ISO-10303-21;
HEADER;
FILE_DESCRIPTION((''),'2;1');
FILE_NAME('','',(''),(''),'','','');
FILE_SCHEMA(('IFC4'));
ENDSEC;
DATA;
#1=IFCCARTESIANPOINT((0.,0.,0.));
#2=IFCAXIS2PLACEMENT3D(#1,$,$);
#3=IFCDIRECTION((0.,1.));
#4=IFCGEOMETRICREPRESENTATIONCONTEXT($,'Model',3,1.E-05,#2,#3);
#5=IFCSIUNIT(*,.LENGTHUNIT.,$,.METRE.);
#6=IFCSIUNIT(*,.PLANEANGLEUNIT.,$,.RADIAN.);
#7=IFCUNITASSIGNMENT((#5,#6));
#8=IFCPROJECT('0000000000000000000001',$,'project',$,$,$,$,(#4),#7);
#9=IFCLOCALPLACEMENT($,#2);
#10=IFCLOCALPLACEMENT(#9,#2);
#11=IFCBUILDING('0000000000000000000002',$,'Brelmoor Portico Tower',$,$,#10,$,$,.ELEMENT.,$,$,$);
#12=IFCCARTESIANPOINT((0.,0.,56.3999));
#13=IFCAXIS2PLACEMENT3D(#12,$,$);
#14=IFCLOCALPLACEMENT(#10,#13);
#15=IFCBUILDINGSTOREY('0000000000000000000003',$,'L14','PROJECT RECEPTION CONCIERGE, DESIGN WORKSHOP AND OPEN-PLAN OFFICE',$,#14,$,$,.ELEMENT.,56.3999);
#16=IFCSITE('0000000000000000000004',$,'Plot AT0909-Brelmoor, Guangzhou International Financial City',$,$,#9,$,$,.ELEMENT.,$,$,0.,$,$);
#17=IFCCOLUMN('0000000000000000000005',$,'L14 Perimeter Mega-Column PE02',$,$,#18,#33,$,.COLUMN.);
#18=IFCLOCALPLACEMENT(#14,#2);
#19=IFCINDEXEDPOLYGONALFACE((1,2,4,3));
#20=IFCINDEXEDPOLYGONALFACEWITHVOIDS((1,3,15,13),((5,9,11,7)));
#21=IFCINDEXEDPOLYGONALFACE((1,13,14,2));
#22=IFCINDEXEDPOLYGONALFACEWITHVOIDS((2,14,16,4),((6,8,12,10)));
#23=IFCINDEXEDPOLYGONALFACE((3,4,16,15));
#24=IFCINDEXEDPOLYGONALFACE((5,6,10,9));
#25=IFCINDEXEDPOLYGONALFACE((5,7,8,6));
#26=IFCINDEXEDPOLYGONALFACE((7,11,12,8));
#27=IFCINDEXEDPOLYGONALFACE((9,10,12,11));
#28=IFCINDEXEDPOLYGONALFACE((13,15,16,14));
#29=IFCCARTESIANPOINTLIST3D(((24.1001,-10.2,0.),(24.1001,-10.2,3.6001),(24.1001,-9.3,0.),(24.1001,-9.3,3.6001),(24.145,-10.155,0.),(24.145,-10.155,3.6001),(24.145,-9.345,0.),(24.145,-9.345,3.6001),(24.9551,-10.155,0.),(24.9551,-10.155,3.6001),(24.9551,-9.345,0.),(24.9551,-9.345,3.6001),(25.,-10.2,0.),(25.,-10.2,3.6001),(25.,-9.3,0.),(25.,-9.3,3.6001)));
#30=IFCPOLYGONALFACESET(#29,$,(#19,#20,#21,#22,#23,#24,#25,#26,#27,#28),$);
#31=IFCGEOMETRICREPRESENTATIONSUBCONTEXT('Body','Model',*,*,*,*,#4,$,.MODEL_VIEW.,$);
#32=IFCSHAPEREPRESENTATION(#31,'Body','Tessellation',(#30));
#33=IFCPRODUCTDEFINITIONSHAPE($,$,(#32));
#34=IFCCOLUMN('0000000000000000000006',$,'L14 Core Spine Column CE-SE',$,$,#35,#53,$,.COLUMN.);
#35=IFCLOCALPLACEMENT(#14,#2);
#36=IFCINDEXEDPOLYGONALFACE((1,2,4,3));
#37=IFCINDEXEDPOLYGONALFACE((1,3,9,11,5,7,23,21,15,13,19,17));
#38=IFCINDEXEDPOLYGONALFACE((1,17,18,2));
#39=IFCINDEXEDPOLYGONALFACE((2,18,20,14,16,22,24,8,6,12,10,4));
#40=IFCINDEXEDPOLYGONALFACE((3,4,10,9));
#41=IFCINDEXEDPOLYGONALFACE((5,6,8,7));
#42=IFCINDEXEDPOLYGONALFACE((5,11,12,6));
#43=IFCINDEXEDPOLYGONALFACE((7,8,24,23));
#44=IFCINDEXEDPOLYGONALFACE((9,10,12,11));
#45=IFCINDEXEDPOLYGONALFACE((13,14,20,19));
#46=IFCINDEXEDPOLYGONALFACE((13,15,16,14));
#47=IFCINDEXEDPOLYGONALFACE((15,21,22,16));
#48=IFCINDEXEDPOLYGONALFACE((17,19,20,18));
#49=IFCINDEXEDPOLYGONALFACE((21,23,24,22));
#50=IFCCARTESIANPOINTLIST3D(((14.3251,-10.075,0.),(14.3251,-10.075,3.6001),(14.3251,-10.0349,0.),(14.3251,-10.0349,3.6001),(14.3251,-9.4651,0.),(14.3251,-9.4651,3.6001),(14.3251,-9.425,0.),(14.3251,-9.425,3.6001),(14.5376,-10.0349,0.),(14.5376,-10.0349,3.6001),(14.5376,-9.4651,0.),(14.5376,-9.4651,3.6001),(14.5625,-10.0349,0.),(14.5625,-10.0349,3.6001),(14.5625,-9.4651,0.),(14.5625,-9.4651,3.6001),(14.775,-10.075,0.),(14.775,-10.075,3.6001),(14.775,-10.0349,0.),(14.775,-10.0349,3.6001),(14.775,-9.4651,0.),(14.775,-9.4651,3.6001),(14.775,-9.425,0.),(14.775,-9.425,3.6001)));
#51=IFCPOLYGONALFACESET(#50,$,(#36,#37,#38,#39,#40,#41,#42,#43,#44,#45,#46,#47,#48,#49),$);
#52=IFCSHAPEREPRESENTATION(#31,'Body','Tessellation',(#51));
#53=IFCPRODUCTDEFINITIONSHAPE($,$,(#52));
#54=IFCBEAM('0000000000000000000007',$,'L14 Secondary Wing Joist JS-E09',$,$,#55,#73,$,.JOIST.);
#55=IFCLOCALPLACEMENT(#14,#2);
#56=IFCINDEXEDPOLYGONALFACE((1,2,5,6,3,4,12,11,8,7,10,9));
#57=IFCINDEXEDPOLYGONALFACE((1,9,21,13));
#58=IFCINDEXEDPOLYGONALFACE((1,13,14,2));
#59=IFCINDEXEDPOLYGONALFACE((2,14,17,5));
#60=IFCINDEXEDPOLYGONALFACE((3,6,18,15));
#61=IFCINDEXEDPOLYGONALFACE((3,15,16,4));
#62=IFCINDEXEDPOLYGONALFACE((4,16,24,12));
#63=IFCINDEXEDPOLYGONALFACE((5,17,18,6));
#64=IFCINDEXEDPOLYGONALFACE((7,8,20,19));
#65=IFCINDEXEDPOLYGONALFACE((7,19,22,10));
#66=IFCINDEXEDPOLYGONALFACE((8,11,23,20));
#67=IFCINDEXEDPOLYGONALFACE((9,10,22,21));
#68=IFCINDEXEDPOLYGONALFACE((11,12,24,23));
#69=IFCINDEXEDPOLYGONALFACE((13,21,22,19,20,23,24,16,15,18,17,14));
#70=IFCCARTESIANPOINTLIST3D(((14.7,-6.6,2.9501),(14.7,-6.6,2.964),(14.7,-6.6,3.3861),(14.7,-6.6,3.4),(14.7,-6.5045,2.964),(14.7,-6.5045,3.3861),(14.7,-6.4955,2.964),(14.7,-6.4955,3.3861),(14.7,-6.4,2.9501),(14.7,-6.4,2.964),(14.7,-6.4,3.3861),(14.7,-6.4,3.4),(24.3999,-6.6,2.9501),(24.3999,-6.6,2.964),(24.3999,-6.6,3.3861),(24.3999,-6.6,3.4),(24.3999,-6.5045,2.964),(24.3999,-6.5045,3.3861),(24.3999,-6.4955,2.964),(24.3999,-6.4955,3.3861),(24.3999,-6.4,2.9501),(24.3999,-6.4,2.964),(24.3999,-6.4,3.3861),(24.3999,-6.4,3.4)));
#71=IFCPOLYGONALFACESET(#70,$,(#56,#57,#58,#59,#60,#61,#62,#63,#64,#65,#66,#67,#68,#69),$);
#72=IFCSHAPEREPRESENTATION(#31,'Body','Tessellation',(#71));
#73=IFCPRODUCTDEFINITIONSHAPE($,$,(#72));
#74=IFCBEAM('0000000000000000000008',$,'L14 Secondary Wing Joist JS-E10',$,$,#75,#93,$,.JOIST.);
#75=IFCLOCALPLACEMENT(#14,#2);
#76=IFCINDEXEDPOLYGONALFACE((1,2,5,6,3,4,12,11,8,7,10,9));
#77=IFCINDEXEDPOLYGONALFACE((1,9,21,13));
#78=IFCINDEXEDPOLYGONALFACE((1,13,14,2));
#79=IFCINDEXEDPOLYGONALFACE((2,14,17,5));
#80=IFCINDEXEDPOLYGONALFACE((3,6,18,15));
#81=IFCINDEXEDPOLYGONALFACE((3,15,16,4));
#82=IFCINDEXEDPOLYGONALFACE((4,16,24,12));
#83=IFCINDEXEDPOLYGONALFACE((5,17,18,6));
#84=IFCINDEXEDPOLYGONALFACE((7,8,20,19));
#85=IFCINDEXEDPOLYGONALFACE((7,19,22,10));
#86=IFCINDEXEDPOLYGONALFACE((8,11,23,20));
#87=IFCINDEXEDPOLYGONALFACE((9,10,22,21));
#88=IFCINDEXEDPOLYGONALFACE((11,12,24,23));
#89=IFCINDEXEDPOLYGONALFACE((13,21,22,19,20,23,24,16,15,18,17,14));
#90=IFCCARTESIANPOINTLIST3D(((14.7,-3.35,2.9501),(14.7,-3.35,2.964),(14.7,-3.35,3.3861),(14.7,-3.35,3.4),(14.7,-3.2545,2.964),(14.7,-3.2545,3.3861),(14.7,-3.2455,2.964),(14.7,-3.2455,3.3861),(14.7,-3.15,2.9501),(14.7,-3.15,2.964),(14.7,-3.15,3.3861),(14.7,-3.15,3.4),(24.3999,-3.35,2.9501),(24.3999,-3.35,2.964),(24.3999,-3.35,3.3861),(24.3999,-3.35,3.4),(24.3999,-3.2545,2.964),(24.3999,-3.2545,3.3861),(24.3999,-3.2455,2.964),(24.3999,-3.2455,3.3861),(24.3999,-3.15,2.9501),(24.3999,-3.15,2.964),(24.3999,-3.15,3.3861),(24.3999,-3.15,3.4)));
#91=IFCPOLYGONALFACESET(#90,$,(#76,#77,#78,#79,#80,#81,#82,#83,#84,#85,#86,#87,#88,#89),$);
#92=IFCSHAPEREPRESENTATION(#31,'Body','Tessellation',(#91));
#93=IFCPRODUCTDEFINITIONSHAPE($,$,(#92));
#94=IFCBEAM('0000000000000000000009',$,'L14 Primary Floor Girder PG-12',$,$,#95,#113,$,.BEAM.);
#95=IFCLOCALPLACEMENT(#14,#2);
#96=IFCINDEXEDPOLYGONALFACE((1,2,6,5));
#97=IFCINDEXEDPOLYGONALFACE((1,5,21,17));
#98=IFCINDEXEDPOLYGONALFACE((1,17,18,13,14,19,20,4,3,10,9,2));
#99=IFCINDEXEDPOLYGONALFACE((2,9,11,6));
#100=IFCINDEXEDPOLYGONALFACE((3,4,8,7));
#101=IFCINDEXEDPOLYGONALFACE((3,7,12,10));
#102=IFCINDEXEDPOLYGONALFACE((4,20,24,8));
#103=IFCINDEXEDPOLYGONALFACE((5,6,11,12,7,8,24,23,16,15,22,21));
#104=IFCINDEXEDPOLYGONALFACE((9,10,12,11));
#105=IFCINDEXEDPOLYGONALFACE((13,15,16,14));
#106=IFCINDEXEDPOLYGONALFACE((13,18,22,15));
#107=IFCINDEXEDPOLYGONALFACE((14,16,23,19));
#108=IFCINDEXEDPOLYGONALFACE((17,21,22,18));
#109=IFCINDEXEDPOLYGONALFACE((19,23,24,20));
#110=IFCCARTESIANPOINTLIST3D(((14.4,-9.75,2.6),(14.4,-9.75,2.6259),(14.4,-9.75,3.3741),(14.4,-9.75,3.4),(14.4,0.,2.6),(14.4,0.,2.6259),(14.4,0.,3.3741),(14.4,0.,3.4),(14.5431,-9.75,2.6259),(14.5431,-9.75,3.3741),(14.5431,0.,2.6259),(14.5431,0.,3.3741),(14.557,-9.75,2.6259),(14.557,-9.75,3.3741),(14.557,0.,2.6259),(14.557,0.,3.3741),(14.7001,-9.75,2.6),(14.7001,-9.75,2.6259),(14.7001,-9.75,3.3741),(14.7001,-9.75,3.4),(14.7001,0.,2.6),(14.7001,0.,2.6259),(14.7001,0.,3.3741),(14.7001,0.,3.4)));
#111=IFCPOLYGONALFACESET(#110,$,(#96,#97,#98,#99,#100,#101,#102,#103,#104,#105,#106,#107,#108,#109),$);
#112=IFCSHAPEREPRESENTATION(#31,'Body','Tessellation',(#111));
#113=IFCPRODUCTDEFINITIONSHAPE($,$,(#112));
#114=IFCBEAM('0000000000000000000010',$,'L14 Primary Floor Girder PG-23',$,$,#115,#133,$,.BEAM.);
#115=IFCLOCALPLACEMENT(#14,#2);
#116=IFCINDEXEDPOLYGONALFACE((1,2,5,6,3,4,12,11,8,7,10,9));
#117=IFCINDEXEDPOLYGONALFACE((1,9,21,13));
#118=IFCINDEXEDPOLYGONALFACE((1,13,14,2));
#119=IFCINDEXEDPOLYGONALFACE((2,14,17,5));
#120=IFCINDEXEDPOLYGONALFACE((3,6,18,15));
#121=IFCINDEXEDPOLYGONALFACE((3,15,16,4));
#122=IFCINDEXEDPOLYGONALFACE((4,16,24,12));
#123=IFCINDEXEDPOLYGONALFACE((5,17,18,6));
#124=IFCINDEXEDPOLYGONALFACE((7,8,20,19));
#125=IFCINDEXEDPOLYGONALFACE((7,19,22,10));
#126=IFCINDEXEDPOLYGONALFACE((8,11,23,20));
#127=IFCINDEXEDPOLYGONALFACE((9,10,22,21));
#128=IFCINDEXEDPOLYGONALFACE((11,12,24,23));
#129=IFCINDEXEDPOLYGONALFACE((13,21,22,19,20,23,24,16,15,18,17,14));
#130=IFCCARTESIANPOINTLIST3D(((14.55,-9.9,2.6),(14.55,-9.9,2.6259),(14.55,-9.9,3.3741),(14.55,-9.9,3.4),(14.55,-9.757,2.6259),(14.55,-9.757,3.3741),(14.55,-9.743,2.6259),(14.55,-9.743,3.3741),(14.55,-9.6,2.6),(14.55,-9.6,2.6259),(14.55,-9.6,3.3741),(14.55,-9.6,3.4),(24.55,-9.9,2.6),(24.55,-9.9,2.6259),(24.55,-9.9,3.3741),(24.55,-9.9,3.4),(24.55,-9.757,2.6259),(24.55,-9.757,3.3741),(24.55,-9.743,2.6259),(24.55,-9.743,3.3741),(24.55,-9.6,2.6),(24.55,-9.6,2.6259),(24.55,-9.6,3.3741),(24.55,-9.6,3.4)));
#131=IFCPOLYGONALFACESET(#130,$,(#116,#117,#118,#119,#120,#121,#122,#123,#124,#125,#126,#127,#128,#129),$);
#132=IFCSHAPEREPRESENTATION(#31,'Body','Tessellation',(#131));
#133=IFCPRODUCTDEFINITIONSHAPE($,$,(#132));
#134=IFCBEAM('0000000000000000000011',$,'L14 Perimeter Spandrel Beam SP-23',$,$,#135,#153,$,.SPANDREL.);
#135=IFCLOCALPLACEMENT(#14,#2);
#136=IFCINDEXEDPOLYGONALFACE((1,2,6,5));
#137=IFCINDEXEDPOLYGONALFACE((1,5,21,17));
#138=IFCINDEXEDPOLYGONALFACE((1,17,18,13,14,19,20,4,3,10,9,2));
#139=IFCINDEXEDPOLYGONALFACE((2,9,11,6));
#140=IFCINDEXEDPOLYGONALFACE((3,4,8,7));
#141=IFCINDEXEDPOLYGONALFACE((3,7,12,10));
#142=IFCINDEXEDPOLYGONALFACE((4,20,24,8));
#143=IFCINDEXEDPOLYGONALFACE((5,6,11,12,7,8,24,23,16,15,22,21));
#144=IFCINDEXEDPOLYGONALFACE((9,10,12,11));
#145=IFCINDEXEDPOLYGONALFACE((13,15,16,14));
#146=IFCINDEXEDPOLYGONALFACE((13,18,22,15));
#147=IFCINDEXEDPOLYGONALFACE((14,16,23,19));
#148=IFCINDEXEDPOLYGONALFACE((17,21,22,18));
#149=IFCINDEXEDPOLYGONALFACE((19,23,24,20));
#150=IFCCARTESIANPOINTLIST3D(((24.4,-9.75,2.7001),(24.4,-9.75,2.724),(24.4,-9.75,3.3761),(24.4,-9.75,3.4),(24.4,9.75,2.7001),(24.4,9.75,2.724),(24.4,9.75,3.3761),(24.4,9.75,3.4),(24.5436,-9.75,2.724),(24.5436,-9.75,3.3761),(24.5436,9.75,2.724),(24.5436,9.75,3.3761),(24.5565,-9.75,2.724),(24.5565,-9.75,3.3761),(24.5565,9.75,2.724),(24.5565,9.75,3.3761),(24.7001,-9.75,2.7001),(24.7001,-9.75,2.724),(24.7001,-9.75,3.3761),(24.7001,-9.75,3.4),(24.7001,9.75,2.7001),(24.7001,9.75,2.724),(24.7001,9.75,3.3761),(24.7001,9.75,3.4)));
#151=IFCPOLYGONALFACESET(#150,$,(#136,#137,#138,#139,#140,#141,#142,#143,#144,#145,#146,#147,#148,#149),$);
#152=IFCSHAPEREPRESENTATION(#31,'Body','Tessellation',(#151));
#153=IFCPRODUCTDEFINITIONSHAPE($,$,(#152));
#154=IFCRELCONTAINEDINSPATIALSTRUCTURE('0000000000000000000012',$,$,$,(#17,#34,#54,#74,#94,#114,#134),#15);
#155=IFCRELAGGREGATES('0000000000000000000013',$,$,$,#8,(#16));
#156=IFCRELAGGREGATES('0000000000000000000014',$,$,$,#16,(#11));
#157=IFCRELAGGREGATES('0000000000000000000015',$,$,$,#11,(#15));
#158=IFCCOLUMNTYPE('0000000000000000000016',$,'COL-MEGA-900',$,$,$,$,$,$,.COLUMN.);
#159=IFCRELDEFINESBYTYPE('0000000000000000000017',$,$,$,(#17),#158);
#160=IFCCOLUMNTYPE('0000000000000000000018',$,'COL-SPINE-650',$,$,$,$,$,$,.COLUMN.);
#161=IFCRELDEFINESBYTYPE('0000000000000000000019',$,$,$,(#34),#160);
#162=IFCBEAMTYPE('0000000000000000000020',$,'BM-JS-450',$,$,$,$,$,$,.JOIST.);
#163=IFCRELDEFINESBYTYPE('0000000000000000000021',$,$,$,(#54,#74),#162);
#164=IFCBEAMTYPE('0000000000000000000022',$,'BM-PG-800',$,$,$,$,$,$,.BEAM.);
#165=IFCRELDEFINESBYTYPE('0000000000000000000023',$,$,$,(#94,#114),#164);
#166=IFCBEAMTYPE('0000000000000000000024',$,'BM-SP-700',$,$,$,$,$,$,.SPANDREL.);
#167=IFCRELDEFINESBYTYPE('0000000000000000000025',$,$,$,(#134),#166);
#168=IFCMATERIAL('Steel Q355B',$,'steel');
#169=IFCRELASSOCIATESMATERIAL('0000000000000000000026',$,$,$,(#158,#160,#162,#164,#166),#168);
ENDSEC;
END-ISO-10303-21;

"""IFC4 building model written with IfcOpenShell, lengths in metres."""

from ifc_helpers import new_model, si_unit, direction, frame, origin, origin_2d, place, context, subcontext, project, spatial, hollow_rectangle, i_section, extrude, material, material_profile, profile_set, type_object, element, save


model = new_model("IFC4")

# Units and contexts
model_context = context("Model", 3, precision=1e-05, world=origin(), true_north=direction((0.0, 1.0)))
body_context = subcontext(model_context, "Body", "Model", "MODEL_VIEW")
ifc_project = project(units=[si_unit("LENGTHUNIT", "METRE"), si_unit("PLANEANGLEUNIT", "RADIAN")], contexts=[model_context])

# Site, building, storey
site_placement = place(None, origin())
site = spatial("IfcSite", under=ifc_project, at=site_placement, Name="Plot AT0909-Brelmoor, Guangzhou International Financial City", CompositionType="ELEMENT", RefElevation=0.0)
building_placement = place(site_placement, origin())
building = spatial("IfcBuilding", under=site, at=building_placement, Name="Brelmoor Portico Tower", CompositionType="ELEMENT")
storey_placement = place(building_placement, frame((0.0, 0.0, 56.3999)))
storey = spatial("IfcBuildingStorey", under=building, at=storey_placement, Name="L14", Description="PROJECT RECEPTION CONCIERGE, DESIGN WORKSHOP AND OPEN-PLAN OFFICE", CompositionType="ELEMENT", Elevation=56.3999)

# Columns
ifc_material_1 = material(Name="Steel Q355B", Category="steel")
ifc_material_profile_1 = material_profile(ifc_material_1, hollow_rectangle(XDim=0.8999, YDim=0.8999, WallThickness=0.0449, at=origin_2d()), Name="BOX 900x900x45")
ifc_profile_set_1 = profile_set([ifc_material_profile_1], Name="Steel Q355B")
column_type_1 = type_object("IfcColumnType", Name="COL-MEGA-900", PredefinedType="COLUMN", material=ifc_profile_set_1)
column_1_placement = place(storey_placement, frame((24.55, -9.75, 0.0), z_axis=(0.0, 0.0, 1.0), x_axis=(0.0, 1.0, 0.0)))
element("IfcColumn", 1, at=column_1_placement, inside=storey, type_object=column_type_1, Name="L14 Perimeter Mega-Column PE02", PredefinedType="COLUMN", context=body_context, shape_type="SweptSolid", body=[
    extrude(hollow_rectangle(XDim=0.8999, YDim=0.8999, WallThickness=0.0449, at=origin_2d()), origin(), (0.0, 0.0, 1.0), 3.6001),
])
ifc_material_profile_2 = material_profile(ifc_material_1, i_section(OverallWidth=0.45, OverallDepth=0.6499, WebThickness=0.0249, FlangeThickness=0.04, at=origin_2d()), Name="HW 650x450x25x40")
ifc_profile_set_2 = profile_set([ifc_material_profile_2], Name="Steel Q355B")
column_type_2 = type_object("IfcColumnType", Name="COL-SPINE-650", PredefinedType="COLUMN", material=ifc_profile_set_2)
column_2_placement = place(storey_placement, frame((14.55, -9.75, 0.0), z_axis=(0.0, 0.0, 1.0), x_axis=(1.0, 0.0, 0.0)))
element("IfcColumn", 2, at=column_2_placement, inside=storey, type_object=column_type_2, Name="L14 Core Spine Column CE-SE", PredefinedType="COLUMN", context=body_context, shape_type="SweptSolid", body=[
    extrude(i_section(OverallWidth=0.45, OverallDepth=0.6499, WebThickness=0.0249, FlangeThickness=0.04, at=origin_2d()), origin(), (0.0, 0.0, 1.0), 3.6001),
])

# Beams
ifc_material_profile_3 = material_profile(ifc_material_1, i_section(OverallWidth=0.2, OverallDepth=0.45, WebThickness=0.009, FlangeThickness=0.0139, at=origin_2d()), Name="HN 450x200x9x14")
ifc_profile_set_3 = profile_set([ifc_material_profile_3], Name="Steel Q355B")
beam_type_1 = type_object("IfcBeamType", Name="BM-JS-450", PredefinedType="JOIST", material=ifc_profile_set_3)
for number, where, z_axis, x_axis, name in (
    (3, (14.7, -6.5, 3.175), (1.0, 0.0, 0.0), (0.0, 1.0, 0.0), "L14 Secondary Wing Joist JS-E09"),
    (4, (14.7, -3.25, 3.175), (1.0, 0.0, 0.0), (0.0, 1.0, 0.0), "L14 Secondary Wing Joist JS-E10"),
):
    element("IfcBeam", number, at=place(storey_placement, frame(where, z_axis=z_axis, x_axis=x_axis)), inside=storey, type_object=beam_type_1, Name=name, PredefinedType="JOIST", context=body_context, shape_type="SweptSolid", body=[
        extrude(i_section(OverallWidth=0.2, OverallDepth=0.45, WebThickness=0.009, FlangeThickness=0.0139, at=origin_2d()), origin(), (0.0, 0.0, 1.0), 9.7),
    ])
ifc_material_profile_4 = material_profile(ifc_material_1, i_section(OverallWidth=0.3, OverallDepth=0.8, WebThickness=0.0139, FlangeThickness=0.0259, at=origin_2d()), Name="HN 800x300x14x26")
ifc_profile_set_4 = profile_set([ifc_material_profile_4], Name="Steel Q355B")
beam_type_2 = type_object("IfcBeamType", Name="BM-PG-800", PredefinedType="BEAM", material=ifc_profile_set_4)
beam_1_placement = place(storey_placement, frame((14.55, -9.75, 3.0), z_axis=(0.0, 1.0, 0.0), x_axis=(-1.0, 0.0, 0.0)))
element("IfcBeam", 5, at=beam_1_placement, inside=storey, type_object=beam_type_2, Name="L14 Primary Floor Girder PG-12", PredefinedType="BEAM", context=body_context, shape_type="SweptSolid", body=[
    extrude(i_section(OverallWidth=0.3, OverallDepth=0.8, WebThickness=0.0139, FlangeThickness=0.0259, at=origin_2d()), origin(), (0.0, 0.0, 1.0), 9.75),
])
beam_2_placement = place(storey_placement, frame((14.55, -9.75, 3.0), z_axis=(1.0, 0.0, 0.0), x_axis=(0.0, 1.0, 0.0)))
element("IfcBeam", 6, at=beam_2_placement, inside=storey, type_object=beam_type_2, Name="L14 Primary Floor Girder PG-23", PredefinedType="BEAM", context=body_context, shape_type="SweptSolid", body=[
    extrude(i_section(OverallWidth=0.3, OverallDepth=0.8, WebThickness=0.0139, FlangeThickness=0.0259, at=origin_2d()), origin(), (0.0, 0.0, 1.0), 10.0),
])
ifc_material_profile_5 = material_profile(ifc_material_1, i_section(OverallWidth=0.3, OverallDepth=0.7, WebThickness=0.0129, FlangeThickness=0.0239, at=origin_2d()), Name="HN 700x300x13x24")
ifc_profile_set_5 = profile_set([ifc_material_profile_5], Name="Steel Q355B")
beam_type_3 = type_object("IfcBeamType", Name="BM-SP-700", PredefinedType="SPANDREL", material=ifc_profile_set_5)
beam_3_placement = place(storey_placement, frame((24.55, -9.75, 3.05), z_axis=(0.0, 1.0, 0.0), x_axis=(-1.0, 0.0, 0.0)))
element("IfcBeam", 7, at=beam_3_placement, inside=storey, type_object=beam_type_3, Name="L14 Perimeter Spandrel Beam SP-23", PredefinedType="SPANDREL", context=body_context, shape_type="SweptSolid", body=[
    extrude(i_section(OverallWidth=0.3, OverallDepth=0.7, WebThickness=0.0129, FlangeThickness=0.0239, at=origin_2d()), origin(), (0.0, 0.0, 1.0), 19.5),
])

save(model, "model.ifc")
